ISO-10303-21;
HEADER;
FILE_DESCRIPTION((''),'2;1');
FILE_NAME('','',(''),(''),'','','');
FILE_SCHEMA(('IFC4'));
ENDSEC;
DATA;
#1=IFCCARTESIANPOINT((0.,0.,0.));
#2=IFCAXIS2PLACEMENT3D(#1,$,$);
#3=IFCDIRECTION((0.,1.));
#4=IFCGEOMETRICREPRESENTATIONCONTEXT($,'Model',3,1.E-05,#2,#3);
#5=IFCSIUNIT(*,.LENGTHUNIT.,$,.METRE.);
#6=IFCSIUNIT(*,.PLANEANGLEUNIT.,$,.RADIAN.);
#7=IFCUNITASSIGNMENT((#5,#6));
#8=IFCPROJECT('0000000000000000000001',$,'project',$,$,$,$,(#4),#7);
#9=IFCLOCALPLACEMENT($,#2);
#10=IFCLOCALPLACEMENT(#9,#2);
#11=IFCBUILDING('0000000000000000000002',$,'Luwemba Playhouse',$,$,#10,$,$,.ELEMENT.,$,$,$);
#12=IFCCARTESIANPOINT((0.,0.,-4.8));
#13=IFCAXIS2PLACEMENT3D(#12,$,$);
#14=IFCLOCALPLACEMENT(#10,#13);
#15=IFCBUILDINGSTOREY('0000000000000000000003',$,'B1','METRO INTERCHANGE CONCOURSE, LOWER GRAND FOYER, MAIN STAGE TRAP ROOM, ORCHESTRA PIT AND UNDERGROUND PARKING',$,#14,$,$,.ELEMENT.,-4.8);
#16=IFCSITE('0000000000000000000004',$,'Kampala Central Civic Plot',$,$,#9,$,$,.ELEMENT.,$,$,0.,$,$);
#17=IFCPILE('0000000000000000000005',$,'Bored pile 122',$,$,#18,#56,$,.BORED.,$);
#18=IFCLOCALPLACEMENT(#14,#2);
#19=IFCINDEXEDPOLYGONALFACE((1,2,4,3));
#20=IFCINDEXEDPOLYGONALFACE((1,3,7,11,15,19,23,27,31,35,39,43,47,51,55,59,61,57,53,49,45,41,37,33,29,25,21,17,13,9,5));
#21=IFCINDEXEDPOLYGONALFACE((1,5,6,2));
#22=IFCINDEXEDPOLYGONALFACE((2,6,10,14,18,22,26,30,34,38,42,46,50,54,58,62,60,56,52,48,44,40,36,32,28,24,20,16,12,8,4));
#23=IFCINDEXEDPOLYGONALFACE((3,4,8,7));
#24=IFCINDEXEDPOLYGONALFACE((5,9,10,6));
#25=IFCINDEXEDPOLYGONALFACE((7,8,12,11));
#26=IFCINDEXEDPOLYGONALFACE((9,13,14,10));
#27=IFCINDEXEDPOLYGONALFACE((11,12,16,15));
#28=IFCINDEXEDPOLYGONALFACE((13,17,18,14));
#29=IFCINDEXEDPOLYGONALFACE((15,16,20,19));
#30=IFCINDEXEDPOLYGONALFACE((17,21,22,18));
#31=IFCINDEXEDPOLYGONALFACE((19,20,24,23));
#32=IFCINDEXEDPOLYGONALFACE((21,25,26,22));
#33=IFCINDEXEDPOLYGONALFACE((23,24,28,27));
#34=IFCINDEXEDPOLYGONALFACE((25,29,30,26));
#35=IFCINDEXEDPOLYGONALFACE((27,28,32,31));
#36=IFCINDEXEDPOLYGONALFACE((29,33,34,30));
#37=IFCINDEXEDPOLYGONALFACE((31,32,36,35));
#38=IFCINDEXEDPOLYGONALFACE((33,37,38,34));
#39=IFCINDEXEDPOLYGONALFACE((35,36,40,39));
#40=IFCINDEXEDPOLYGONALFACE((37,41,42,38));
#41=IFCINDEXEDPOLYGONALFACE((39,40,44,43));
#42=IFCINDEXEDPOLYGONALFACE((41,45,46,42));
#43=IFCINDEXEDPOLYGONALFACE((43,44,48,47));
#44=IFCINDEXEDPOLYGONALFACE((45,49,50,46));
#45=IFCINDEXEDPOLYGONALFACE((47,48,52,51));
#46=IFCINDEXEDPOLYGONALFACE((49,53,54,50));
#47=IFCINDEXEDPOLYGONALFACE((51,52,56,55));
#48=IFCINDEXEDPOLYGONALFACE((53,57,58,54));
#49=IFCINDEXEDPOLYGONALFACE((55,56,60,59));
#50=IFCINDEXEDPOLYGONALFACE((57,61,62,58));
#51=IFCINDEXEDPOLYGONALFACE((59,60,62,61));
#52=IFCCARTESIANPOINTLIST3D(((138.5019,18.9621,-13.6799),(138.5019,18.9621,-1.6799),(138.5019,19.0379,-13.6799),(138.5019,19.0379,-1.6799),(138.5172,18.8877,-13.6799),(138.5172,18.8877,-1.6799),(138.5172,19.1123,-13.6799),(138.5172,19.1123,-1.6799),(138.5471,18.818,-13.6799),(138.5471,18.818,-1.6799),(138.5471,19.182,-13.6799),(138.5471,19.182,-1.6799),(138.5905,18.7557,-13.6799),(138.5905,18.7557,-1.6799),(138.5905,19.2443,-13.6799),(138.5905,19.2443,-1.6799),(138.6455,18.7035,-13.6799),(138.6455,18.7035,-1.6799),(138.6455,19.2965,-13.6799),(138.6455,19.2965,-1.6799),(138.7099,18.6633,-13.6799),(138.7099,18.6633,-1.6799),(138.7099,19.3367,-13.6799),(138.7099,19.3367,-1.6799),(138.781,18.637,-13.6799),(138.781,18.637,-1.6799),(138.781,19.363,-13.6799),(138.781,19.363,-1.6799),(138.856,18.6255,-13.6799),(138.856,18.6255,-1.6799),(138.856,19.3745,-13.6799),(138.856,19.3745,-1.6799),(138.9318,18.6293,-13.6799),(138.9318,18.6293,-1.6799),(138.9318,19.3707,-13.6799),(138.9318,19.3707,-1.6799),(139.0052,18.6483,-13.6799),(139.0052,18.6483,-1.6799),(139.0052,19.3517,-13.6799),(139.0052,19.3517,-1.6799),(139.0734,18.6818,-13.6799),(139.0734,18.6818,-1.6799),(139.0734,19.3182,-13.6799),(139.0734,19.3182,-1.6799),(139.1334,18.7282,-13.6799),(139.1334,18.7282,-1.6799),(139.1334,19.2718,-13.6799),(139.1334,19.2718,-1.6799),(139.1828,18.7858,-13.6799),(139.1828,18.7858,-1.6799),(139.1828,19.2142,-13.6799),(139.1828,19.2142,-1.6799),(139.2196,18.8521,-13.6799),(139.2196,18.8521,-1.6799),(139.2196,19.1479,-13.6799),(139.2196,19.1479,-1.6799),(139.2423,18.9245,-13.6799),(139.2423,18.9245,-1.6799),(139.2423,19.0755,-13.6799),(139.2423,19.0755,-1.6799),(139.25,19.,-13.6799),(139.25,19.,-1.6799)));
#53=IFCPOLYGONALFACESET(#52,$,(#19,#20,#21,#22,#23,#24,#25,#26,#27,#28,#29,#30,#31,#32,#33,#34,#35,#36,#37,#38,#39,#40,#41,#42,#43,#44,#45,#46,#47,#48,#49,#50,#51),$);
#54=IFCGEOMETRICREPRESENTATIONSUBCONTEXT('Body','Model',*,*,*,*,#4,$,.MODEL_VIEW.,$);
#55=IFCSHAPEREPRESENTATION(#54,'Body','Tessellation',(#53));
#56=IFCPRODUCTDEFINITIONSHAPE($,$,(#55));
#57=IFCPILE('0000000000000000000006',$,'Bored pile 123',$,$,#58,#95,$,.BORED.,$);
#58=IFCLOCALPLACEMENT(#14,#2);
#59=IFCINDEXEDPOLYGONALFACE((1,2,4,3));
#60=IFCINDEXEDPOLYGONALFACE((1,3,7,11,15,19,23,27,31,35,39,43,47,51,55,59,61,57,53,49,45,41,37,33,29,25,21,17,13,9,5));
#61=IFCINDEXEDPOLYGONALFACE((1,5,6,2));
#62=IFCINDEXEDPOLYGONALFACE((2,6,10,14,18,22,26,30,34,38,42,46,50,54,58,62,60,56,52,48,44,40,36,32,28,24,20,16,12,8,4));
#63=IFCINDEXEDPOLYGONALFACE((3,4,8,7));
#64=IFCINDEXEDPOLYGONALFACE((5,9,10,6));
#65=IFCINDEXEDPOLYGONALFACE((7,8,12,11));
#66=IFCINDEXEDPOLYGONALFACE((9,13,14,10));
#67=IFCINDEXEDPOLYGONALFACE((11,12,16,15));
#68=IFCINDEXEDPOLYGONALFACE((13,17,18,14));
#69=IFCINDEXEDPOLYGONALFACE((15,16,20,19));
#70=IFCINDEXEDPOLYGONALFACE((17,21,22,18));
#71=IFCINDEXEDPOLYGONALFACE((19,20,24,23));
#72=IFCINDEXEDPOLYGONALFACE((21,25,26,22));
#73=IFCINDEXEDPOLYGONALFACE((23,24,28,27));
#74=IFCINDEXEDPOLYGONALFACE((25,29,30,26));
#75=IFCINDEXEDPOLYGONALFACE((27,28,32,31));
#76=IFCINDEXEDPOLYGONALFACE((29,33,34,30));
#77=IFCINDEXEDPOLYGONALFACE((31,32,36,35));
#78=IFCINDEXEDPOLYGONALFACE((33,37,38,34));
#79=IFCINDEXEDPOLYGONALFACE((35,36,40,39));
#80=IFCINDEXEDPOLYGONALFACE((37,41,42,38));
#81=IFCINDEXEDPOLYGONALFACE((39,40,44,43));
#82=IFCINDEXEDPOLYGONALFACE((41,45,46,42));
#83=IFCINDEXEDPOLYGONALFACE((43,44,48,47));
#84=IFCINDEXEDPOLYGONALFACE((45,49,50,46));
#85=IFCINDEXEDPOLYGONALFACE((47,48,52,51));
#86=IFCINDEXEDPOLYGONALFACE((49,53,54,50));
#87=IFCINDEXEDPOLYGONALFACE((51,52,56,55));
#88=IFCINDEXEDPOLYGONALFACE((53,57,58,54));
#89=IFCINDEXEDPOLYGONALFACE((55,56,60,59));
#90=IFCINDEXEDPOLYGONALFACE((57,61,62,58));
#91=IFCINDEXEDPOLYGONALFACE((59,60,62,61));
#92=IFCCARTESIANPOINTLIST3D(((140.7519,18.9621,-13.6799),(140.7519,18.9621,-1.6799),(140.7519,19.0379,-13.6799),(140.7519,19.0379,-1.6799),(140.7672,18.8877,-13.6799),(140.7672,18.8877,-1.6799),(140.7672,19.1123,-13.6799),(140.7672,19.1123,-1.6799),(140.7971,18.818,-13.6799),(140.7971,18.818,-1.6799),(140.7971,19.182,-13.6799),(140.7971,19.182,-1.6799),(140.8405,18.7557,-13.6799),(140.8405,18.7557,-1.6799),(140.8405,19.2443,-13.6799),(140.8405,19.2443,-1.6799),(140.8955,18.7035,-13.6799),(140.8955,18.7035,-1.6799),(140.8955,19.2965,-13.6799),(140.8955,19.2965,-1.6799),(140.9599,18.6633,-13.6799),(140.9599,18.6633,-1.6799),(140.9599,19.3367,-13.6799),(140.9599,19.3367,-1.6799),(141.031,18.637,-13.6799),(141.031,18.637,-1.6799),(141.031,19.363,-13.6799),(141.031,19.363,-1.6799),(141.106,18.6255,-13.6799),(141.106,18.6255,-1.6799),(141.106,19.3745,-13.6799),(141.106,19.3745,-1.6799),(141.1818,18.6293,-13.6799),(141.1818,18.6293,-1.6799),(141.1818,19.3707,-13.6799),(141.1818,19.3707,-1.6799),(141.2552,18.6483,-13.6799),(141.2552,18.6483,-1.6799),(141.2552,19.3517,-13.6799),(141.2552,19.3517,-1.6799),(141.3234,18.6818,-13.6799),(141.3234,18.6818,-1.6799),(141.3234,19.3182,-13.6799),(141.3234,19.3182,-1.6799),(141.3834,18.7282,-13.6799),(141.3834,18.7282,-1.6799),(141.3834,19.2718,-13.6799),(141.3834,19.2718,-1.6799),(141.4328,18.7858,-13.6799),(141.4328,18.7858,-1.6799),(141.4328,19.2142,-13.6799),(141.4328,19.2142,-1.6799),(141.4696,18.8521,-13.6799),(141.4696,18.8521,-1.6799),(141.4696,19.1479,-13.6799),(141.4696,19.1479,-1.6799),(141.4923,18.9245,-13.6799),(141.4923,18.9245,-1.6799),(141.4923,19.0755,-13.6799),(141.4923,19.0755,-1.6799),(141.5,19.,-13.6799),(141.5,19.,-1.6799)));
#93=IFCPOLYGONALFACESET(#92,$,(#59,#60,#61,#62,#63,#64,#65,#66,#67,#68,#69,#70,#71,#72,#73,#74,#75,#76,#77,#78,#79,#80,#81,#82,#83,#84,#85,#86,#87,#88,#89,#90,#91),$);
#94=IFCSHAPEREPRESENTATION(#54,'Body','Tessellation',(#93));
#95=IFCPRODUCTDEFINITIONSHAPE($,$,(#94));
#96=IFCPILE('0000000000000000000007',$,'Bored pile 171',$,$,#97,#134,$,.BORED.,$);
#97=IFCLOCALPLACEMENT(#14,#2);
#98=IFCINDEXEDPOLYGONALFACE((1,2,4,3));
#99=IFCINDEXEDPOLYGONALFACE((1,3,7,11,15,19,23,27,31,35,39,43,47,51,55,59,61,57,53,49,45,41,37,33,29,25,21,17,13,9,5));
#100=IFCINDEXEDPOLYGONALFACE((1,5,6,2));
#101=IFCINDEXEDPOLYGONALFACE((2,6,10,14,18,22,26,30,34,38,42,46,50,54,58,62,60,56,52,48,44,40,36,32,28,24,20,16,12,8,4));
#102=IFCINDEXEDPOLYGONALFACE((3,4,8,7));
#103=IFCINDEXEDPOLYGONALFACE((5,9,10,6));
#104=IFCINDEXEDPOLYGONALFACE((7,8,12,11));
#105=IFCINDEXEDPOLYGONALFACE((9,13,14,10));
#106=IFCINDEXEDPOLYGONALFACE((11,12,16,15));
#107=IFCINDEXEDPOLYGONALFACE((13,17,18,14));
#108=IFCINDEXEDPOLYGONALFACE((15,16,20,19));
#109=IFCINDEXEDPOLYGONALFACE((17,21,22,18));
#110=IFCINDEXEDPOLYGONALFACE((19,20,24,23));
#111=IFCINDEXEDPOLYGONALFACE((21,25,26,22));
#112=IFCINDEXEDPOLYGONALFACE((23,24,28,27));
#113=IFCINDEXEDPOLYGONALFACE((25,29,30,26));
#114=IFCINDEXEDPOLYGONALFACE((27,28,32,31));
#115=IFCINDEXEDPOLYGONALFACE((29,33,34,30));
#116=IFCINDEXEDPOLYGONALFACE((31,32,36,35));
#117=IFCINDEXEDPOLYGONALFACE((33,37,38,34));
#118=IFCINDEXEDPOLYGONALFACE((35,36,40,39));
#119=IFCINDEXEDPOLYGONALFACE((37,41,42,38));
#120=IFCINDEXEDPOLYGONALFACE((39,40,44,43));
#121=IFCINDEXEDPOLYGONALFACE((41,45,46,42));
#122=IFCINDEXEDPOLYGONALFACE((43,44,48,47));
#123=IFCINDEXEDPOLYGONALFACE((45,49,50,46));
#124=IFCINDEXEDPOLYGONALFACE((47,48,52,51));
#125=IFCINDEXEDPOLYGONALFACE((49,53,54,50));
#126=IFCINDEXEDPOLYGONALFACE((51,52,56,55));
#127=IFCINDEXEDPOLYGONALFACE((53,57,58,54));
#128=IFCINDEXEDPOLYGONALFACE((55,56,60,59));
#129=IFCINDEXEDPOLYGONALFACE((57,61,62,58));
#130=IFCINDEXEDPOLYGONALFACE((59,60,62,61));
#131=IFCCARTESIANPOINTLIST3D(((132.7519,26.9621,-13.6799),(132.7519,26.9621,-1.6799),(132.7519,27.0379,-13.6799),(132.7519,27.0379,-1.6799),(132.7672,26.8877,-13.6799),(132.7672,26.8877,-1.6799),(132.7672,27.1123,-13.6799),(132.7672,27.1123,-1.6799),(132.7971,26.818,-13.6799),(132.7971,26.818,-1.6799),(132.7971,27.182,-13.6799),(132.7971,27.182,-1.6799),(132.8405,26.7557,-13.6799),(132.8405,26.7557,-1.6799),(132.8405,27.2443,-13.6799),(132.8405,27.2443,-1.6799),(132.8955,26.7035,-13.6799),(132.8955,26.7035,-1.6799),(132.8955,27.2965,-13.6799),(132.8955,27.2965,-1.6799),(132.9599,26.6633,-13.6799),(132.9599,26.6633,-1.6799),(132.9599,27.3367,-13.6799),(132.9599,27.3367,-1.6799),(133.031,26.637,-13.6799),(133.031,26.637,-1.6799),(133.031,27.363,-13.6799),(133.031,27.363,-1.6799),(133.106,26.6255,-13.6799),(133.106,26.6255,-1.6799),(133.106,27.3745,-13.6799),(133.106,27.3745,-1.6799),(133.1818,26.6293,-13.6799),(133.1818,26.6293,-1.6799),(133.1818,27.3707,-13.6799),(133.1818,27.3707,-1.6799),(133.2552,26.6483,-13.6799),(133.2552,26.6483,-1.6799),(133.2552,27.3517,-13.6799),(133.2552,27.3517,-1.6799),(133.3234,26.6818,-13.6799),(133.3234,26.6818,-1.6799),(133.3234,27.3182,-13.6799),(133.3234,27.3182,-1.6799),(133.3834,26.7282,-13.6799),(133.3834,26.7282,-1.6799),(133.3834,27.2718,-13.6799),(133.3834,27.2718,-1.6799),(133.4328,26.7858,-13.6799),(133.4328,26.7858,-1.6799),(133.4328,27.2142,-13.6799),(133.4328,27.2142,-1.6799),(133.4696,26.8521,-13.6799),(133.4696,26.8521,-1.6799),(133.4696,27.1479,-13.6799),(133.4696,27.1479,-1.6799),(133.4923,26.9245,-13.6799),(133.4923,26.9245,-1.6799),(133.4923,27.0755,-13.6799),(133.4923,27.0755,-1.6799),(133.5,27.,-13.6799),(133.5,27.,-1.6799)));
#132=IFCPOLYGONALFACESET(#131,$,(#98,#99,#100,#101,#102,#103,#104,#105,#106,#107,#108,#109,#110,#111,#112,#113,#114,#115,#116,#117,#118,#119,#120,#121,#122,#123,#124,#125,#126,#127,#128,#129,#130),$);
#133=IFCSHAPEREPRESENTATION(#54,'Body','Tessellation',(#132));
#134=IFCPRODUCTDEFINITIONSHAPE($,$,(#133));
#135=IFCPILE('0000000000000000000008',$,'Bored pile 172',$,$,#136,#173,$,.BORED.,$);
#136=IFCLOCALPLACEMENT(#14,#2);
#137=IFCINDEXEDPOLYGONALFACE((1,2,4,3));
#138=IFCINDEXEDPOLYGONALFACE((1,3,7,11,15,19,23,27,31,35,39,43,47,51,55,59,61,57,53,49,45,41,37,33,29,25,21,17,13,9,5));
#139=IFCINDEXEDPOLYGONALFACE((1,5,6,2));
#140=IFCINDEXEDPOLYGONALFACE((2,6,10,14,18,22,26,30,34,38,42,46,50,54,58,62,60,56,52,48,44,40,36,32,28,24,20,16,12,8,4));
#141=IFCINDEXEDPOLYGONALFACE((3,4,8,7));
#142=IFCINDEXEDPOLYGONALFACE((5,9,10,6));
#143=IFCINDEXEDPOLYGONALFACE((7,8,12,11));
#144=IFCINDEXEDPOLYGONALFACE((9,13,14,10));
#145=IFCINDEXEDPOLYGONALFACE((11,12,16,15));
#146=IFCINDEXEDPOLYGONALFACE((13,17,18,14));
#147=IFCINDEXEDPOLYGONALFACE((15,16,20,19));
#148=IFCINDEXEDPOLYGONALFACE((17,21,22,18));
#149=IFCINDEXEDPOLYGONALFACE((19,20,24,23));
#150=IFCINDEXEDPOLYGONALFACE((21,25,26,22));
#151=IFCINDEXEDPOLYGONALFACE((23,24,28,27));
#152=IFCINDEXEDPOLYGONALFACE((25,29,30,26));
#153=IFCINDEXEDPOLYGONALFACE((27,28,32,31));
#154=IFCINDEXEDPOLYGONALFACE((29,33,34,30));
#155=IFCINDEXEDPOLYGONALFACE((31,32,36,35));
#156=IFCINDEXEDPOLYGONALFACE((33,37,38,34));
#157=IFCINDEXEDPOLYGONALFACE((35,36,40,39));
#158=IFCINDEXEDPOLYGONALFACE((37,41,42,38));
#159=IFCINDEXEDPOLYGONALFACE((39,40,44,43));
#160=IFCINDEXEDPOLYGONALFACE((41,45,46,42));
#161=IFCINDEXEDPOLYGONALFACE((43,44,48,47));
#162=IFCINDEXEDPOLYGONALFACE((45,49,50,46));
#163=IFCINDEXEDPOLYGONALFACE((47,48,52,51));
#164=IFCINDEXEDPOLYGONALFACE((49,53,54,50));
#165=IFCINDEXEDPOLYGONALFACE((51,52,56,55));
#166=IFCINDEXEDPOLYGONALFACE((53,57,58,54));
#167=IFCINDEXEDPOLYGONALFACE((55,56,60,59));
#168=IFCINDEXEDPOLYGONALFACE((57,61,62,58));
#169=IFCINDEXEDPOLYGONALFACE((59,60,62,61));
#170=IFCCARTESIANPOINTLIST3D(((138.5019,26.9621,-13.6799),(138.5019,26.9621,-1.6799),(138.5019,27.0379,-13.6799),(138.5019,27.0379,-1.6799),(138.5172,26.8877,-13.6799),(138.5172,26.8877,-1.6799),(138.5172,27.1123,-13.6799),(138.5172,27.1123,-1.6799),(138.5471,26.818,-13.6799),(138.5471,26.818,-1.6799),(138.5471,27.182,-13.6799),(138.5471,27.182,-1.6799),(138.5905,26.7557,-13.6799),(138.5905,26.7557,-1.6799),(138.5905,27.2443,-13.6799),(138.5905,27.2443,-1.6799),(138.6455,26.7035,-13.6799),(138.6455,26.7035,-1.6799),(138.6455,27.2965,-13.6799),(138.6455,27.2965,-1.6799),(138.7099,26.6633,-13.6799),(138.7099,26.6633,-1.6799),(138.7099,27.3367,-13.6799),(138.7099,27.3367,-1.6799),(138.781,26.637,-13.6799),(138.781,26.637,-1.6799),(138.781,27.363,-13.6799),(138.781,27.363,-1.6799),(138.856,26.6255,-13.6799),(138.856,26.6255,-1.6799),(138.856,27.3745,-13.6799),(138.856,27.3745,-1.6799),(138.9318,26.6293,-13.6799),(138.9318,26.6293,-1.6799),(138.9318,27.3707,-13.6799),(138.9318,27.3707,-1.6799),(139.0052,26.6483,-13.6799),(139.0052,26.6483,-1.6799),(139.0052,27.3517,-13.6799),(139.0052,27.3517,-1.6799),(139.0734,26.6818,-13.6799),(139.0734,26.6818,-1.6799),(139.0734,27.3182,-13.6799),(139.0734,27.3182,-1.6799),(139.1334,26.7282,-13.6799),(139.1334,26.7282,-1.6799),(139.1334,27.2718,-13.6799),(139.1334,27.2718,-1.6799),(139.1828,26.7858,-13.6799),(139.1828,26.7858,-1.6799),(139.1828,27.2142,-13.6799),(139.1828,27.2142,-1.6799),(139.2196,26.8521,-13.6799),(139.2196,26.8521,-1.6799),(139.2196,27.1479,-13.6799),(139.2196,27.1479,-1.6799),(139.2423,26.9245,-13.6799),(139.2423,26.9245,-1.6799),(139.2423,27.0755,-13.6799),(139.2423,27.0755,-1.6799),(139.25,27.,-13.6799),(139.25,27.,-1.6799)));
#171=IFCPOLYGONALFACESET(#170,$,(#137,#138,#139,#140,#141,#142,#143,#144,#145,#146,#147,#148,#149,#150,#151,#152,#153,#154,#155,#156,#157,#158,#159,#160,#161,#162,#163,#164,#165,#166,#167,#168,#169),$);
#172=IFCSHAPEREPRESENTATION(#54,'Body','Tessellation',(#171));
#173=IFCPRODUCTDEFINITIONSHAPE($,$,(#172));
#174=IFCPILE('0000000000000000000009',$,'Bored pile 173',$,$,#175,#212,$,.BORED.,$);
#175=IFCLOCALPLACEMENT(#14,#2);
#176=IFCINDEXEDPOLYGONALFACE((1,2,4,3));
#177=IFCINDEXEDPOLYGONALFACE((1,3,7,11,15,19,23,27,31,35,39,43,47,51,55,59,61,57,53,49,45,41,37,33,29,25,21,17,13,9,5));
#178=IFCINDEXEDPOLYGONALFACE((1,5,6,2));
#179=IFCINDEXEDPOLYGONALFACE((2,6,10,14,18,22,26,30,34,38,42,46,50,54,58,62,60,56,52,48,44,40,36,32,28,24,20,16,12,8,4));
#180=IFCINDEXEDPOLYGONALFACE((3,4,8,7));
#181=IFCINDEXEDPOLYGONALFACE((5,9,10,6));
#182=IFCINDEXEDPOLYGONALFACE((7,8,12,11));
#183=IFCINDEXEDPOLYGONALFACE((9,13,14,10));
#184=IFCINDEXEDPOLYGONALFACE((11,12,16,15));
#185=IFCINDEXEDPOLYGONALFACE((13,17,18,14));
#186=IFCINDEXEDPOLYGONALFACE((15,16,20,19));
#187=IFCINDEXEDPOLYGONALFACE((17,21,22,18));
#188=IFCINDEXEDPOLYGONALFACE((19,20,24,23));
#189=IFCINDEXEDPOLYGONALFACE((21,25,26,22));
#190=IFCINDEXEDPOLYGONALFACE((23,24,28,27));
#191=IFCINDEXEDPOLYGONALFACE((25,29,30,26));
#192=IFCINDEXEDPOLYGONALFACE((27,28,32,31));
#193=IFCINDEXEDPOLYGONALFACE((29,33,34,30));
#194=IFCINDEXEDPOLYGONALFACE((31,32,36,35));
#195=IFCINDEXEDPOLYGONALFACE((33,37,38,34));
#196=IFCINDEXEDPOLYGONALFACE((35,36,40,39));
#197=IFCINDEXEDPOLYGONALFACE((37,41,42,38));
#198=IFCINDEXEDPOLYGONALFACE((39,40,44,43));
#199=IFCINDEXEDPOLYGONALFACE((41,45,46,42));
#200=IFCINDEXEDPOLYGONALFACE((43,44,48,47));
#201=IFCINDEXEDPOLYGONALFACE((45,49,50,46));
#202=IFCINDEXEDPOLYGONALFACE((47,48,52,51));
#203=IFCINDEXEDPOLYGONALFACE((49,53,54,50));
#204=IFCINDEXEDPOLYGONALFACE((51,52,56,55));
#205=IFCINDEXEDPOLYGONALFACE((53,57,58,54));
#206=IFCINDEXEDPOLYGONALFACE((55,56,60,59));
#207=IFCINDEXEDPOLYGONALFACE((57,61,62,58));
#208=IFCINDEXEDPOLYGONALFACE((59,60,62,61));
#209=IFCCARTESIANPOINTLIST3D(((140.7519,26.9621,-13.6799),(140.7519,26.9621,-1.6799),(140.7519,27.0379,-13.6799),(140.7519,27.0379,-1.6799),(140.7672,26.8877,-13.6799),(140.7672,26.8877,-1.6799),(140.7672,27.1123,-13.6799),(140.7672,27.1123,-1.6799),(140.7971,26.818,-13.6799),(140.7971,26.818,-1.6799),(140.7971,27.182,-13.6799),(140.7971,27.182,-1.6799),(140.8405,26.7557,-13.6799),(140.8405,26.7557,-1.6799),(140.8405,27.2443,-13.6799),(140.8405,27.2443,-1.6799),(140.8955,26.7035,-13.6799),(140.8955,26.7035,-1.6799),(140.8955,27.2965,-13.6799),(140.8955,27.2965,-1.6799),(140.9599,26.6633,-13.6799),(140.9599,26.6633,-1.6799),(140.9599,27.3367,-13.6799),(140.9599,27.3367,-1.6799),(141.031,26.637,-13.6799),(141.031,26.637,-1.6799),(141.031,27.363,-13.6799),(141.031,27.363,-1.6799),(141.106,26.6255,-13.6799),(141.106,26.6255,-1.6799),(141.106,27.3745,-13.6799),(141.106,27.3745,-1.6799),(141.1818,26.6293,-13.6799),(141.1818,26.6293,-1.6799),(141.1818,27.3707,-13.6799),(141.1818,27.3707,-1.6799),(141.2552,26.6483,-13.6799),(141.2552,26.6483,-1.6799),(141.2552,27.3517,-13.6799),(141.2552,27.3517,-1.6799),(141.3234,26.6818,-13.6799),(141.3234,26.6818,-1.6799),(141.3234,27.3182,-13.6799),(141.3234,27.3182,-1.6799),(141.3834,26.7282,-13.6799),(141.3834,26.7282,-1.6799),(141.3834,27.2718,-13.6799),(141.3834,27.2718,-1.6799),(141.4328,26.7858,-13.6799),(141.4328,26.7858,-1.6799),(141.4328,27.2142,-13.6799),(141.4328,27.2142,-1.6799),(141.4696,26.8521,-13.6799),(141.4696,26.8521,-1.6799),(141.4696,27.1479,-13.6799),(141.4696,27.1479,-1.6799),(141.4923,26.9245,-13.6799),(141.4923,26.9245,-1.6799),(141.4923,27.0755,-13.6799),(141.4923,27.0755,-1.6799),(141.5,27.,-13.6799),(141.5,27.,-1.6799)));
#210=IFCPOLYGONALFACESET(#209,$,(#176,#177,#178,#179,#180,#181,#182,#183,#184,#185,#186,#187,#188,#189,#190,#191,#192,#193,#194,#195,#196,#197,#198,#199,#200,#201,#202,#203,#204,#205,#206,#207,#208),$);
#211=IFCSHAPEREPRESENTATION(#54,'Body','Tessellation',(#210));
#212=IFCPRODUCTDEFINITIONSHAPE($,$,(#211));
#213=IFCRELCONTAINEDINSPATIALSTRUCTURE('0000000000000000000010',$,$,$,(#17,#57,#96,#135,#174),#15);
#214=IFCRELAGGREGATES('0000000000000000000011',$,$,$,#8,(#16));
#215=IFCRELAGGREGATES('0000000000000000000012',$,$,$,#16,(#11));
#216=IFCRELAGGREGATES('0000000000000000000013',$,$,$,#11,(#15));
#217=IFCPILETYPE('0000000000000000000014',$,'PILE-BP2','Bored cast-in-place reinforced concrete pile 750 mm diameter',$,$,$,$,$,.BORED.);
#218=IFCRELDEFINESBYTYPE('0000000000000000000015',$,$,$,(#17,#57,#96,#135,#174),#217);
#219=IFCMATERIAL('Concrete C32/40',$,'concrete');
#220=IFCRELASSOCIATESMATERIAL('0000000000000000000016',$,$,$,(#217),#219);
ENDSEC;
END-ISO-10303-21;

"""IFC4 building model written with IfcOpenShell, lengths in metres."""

from ifc_helpers import new_model, si_unit, direction, frame, origin, origin_2d, place, context, subcontext, project, spatial, circle, extrude, material, material_profile, profile_set, type_object, element, save


model = new_model("IFC4")

# Units and contexts
model_context = context("Model", 3, precision=1e-05, world=origin(), true_north=direction((0.0, 1.0)))
body_context = subcontext(model_context, "Body", "Model", "MODEL_VIEW")
ifc_project = project(units=[si_unit("LENGTHUNIT", "METRE"), si_unit("PLANEANGLEUNIT", "RADIAN")], contexts=[model_context])

# Site, building, storey
site_placement = place(None, origin())
site = spatial("IfcSite", under=ifc_project, at=site_placement, Name="Kampala Central Civic Plot", CompositionType="ELEMENT", RefElevation=0.0)
building_placement = place(site_placement, origin())
building = spatial("IfcBuilding", under=site, at=building_placement, Name="Luwemba Playhouse", CompositionType="ELEMENT")
storey_placement = place(building_placement, frame((0.0, 0.0, -4.8)))
storey = spatial("IfcBuildingStorey", under=building, at=storey_placement, Name="B1", Description="METRO INTERCHANGE CONCOURSE, LOWER GRAND FOYER, MAIN STAGE TRAP ROOM, ORCHESTRA PIT AND UNDERGROUND PARKING", CompositionType="ELEMENT", Elevation=-4.8)

# Shared definitions
ifc_material_1 = material(Name="Concrete C32/40", Category="concrete")

# Piles
ifc_material_profile_1 = material_profile(ifc_material_1, circle(Radius=0.375, at=origin_2d()))
ifc_profile_set_1 = profile_set([ifc_material_profile_1], Name="Concrete C32/40")
pile_type_1 = type_object("IfcPileType", Name="PILE-BP2", Description="Bored cast-in-place reinforced concrete pile 750 mm diameter", PredefinedType="BORED", material=ifc_profile_set_1)
for number, where, z_axis, x_axis, name in (
    (1, (138.875, 19.0, -1.6799), (0.0, 0.0, -1.0), (1.0, 0.0, 0.0), "Bored pile 122"),
    (2, (141.125, 19.0, -1.6799), (0.0, 0.0, -1.0), (1.0, 0.0, 0.0), "Bored pile 123"),
    (3, (133.125, 27.0, -1.6799), (0.0, 0.0, -1.0), (1.0, 0.0, 0.0), "Bored pile 171"),
    (4, (138.875, 27.0, -1.6799), (0.0, 0.0, -1.0), (1.0, 0.0, 0.0), "Bored pile 172"),
    (5, (141.125, 27.0, -1.6799), (0.0, 0.0, -1.0), (1.0, 0.0, 0.0), "Bored pile 173"),
):
    element("IfcPile", number, at=place(storey_placement, frame(where, z_axis=z_axis, x_axis=x_axis)), inside=storey, type_object=pile_type_1, Name=name, PredefinedType="BORED", context=body_context, shape_type="SweptSolid", body=[
        extrude(circle(Radius=0.375, at=origin_2d()), origin(), (0.0, 0.0, 1.0), 12.0),
    ])

save(model, "model.ifc")
